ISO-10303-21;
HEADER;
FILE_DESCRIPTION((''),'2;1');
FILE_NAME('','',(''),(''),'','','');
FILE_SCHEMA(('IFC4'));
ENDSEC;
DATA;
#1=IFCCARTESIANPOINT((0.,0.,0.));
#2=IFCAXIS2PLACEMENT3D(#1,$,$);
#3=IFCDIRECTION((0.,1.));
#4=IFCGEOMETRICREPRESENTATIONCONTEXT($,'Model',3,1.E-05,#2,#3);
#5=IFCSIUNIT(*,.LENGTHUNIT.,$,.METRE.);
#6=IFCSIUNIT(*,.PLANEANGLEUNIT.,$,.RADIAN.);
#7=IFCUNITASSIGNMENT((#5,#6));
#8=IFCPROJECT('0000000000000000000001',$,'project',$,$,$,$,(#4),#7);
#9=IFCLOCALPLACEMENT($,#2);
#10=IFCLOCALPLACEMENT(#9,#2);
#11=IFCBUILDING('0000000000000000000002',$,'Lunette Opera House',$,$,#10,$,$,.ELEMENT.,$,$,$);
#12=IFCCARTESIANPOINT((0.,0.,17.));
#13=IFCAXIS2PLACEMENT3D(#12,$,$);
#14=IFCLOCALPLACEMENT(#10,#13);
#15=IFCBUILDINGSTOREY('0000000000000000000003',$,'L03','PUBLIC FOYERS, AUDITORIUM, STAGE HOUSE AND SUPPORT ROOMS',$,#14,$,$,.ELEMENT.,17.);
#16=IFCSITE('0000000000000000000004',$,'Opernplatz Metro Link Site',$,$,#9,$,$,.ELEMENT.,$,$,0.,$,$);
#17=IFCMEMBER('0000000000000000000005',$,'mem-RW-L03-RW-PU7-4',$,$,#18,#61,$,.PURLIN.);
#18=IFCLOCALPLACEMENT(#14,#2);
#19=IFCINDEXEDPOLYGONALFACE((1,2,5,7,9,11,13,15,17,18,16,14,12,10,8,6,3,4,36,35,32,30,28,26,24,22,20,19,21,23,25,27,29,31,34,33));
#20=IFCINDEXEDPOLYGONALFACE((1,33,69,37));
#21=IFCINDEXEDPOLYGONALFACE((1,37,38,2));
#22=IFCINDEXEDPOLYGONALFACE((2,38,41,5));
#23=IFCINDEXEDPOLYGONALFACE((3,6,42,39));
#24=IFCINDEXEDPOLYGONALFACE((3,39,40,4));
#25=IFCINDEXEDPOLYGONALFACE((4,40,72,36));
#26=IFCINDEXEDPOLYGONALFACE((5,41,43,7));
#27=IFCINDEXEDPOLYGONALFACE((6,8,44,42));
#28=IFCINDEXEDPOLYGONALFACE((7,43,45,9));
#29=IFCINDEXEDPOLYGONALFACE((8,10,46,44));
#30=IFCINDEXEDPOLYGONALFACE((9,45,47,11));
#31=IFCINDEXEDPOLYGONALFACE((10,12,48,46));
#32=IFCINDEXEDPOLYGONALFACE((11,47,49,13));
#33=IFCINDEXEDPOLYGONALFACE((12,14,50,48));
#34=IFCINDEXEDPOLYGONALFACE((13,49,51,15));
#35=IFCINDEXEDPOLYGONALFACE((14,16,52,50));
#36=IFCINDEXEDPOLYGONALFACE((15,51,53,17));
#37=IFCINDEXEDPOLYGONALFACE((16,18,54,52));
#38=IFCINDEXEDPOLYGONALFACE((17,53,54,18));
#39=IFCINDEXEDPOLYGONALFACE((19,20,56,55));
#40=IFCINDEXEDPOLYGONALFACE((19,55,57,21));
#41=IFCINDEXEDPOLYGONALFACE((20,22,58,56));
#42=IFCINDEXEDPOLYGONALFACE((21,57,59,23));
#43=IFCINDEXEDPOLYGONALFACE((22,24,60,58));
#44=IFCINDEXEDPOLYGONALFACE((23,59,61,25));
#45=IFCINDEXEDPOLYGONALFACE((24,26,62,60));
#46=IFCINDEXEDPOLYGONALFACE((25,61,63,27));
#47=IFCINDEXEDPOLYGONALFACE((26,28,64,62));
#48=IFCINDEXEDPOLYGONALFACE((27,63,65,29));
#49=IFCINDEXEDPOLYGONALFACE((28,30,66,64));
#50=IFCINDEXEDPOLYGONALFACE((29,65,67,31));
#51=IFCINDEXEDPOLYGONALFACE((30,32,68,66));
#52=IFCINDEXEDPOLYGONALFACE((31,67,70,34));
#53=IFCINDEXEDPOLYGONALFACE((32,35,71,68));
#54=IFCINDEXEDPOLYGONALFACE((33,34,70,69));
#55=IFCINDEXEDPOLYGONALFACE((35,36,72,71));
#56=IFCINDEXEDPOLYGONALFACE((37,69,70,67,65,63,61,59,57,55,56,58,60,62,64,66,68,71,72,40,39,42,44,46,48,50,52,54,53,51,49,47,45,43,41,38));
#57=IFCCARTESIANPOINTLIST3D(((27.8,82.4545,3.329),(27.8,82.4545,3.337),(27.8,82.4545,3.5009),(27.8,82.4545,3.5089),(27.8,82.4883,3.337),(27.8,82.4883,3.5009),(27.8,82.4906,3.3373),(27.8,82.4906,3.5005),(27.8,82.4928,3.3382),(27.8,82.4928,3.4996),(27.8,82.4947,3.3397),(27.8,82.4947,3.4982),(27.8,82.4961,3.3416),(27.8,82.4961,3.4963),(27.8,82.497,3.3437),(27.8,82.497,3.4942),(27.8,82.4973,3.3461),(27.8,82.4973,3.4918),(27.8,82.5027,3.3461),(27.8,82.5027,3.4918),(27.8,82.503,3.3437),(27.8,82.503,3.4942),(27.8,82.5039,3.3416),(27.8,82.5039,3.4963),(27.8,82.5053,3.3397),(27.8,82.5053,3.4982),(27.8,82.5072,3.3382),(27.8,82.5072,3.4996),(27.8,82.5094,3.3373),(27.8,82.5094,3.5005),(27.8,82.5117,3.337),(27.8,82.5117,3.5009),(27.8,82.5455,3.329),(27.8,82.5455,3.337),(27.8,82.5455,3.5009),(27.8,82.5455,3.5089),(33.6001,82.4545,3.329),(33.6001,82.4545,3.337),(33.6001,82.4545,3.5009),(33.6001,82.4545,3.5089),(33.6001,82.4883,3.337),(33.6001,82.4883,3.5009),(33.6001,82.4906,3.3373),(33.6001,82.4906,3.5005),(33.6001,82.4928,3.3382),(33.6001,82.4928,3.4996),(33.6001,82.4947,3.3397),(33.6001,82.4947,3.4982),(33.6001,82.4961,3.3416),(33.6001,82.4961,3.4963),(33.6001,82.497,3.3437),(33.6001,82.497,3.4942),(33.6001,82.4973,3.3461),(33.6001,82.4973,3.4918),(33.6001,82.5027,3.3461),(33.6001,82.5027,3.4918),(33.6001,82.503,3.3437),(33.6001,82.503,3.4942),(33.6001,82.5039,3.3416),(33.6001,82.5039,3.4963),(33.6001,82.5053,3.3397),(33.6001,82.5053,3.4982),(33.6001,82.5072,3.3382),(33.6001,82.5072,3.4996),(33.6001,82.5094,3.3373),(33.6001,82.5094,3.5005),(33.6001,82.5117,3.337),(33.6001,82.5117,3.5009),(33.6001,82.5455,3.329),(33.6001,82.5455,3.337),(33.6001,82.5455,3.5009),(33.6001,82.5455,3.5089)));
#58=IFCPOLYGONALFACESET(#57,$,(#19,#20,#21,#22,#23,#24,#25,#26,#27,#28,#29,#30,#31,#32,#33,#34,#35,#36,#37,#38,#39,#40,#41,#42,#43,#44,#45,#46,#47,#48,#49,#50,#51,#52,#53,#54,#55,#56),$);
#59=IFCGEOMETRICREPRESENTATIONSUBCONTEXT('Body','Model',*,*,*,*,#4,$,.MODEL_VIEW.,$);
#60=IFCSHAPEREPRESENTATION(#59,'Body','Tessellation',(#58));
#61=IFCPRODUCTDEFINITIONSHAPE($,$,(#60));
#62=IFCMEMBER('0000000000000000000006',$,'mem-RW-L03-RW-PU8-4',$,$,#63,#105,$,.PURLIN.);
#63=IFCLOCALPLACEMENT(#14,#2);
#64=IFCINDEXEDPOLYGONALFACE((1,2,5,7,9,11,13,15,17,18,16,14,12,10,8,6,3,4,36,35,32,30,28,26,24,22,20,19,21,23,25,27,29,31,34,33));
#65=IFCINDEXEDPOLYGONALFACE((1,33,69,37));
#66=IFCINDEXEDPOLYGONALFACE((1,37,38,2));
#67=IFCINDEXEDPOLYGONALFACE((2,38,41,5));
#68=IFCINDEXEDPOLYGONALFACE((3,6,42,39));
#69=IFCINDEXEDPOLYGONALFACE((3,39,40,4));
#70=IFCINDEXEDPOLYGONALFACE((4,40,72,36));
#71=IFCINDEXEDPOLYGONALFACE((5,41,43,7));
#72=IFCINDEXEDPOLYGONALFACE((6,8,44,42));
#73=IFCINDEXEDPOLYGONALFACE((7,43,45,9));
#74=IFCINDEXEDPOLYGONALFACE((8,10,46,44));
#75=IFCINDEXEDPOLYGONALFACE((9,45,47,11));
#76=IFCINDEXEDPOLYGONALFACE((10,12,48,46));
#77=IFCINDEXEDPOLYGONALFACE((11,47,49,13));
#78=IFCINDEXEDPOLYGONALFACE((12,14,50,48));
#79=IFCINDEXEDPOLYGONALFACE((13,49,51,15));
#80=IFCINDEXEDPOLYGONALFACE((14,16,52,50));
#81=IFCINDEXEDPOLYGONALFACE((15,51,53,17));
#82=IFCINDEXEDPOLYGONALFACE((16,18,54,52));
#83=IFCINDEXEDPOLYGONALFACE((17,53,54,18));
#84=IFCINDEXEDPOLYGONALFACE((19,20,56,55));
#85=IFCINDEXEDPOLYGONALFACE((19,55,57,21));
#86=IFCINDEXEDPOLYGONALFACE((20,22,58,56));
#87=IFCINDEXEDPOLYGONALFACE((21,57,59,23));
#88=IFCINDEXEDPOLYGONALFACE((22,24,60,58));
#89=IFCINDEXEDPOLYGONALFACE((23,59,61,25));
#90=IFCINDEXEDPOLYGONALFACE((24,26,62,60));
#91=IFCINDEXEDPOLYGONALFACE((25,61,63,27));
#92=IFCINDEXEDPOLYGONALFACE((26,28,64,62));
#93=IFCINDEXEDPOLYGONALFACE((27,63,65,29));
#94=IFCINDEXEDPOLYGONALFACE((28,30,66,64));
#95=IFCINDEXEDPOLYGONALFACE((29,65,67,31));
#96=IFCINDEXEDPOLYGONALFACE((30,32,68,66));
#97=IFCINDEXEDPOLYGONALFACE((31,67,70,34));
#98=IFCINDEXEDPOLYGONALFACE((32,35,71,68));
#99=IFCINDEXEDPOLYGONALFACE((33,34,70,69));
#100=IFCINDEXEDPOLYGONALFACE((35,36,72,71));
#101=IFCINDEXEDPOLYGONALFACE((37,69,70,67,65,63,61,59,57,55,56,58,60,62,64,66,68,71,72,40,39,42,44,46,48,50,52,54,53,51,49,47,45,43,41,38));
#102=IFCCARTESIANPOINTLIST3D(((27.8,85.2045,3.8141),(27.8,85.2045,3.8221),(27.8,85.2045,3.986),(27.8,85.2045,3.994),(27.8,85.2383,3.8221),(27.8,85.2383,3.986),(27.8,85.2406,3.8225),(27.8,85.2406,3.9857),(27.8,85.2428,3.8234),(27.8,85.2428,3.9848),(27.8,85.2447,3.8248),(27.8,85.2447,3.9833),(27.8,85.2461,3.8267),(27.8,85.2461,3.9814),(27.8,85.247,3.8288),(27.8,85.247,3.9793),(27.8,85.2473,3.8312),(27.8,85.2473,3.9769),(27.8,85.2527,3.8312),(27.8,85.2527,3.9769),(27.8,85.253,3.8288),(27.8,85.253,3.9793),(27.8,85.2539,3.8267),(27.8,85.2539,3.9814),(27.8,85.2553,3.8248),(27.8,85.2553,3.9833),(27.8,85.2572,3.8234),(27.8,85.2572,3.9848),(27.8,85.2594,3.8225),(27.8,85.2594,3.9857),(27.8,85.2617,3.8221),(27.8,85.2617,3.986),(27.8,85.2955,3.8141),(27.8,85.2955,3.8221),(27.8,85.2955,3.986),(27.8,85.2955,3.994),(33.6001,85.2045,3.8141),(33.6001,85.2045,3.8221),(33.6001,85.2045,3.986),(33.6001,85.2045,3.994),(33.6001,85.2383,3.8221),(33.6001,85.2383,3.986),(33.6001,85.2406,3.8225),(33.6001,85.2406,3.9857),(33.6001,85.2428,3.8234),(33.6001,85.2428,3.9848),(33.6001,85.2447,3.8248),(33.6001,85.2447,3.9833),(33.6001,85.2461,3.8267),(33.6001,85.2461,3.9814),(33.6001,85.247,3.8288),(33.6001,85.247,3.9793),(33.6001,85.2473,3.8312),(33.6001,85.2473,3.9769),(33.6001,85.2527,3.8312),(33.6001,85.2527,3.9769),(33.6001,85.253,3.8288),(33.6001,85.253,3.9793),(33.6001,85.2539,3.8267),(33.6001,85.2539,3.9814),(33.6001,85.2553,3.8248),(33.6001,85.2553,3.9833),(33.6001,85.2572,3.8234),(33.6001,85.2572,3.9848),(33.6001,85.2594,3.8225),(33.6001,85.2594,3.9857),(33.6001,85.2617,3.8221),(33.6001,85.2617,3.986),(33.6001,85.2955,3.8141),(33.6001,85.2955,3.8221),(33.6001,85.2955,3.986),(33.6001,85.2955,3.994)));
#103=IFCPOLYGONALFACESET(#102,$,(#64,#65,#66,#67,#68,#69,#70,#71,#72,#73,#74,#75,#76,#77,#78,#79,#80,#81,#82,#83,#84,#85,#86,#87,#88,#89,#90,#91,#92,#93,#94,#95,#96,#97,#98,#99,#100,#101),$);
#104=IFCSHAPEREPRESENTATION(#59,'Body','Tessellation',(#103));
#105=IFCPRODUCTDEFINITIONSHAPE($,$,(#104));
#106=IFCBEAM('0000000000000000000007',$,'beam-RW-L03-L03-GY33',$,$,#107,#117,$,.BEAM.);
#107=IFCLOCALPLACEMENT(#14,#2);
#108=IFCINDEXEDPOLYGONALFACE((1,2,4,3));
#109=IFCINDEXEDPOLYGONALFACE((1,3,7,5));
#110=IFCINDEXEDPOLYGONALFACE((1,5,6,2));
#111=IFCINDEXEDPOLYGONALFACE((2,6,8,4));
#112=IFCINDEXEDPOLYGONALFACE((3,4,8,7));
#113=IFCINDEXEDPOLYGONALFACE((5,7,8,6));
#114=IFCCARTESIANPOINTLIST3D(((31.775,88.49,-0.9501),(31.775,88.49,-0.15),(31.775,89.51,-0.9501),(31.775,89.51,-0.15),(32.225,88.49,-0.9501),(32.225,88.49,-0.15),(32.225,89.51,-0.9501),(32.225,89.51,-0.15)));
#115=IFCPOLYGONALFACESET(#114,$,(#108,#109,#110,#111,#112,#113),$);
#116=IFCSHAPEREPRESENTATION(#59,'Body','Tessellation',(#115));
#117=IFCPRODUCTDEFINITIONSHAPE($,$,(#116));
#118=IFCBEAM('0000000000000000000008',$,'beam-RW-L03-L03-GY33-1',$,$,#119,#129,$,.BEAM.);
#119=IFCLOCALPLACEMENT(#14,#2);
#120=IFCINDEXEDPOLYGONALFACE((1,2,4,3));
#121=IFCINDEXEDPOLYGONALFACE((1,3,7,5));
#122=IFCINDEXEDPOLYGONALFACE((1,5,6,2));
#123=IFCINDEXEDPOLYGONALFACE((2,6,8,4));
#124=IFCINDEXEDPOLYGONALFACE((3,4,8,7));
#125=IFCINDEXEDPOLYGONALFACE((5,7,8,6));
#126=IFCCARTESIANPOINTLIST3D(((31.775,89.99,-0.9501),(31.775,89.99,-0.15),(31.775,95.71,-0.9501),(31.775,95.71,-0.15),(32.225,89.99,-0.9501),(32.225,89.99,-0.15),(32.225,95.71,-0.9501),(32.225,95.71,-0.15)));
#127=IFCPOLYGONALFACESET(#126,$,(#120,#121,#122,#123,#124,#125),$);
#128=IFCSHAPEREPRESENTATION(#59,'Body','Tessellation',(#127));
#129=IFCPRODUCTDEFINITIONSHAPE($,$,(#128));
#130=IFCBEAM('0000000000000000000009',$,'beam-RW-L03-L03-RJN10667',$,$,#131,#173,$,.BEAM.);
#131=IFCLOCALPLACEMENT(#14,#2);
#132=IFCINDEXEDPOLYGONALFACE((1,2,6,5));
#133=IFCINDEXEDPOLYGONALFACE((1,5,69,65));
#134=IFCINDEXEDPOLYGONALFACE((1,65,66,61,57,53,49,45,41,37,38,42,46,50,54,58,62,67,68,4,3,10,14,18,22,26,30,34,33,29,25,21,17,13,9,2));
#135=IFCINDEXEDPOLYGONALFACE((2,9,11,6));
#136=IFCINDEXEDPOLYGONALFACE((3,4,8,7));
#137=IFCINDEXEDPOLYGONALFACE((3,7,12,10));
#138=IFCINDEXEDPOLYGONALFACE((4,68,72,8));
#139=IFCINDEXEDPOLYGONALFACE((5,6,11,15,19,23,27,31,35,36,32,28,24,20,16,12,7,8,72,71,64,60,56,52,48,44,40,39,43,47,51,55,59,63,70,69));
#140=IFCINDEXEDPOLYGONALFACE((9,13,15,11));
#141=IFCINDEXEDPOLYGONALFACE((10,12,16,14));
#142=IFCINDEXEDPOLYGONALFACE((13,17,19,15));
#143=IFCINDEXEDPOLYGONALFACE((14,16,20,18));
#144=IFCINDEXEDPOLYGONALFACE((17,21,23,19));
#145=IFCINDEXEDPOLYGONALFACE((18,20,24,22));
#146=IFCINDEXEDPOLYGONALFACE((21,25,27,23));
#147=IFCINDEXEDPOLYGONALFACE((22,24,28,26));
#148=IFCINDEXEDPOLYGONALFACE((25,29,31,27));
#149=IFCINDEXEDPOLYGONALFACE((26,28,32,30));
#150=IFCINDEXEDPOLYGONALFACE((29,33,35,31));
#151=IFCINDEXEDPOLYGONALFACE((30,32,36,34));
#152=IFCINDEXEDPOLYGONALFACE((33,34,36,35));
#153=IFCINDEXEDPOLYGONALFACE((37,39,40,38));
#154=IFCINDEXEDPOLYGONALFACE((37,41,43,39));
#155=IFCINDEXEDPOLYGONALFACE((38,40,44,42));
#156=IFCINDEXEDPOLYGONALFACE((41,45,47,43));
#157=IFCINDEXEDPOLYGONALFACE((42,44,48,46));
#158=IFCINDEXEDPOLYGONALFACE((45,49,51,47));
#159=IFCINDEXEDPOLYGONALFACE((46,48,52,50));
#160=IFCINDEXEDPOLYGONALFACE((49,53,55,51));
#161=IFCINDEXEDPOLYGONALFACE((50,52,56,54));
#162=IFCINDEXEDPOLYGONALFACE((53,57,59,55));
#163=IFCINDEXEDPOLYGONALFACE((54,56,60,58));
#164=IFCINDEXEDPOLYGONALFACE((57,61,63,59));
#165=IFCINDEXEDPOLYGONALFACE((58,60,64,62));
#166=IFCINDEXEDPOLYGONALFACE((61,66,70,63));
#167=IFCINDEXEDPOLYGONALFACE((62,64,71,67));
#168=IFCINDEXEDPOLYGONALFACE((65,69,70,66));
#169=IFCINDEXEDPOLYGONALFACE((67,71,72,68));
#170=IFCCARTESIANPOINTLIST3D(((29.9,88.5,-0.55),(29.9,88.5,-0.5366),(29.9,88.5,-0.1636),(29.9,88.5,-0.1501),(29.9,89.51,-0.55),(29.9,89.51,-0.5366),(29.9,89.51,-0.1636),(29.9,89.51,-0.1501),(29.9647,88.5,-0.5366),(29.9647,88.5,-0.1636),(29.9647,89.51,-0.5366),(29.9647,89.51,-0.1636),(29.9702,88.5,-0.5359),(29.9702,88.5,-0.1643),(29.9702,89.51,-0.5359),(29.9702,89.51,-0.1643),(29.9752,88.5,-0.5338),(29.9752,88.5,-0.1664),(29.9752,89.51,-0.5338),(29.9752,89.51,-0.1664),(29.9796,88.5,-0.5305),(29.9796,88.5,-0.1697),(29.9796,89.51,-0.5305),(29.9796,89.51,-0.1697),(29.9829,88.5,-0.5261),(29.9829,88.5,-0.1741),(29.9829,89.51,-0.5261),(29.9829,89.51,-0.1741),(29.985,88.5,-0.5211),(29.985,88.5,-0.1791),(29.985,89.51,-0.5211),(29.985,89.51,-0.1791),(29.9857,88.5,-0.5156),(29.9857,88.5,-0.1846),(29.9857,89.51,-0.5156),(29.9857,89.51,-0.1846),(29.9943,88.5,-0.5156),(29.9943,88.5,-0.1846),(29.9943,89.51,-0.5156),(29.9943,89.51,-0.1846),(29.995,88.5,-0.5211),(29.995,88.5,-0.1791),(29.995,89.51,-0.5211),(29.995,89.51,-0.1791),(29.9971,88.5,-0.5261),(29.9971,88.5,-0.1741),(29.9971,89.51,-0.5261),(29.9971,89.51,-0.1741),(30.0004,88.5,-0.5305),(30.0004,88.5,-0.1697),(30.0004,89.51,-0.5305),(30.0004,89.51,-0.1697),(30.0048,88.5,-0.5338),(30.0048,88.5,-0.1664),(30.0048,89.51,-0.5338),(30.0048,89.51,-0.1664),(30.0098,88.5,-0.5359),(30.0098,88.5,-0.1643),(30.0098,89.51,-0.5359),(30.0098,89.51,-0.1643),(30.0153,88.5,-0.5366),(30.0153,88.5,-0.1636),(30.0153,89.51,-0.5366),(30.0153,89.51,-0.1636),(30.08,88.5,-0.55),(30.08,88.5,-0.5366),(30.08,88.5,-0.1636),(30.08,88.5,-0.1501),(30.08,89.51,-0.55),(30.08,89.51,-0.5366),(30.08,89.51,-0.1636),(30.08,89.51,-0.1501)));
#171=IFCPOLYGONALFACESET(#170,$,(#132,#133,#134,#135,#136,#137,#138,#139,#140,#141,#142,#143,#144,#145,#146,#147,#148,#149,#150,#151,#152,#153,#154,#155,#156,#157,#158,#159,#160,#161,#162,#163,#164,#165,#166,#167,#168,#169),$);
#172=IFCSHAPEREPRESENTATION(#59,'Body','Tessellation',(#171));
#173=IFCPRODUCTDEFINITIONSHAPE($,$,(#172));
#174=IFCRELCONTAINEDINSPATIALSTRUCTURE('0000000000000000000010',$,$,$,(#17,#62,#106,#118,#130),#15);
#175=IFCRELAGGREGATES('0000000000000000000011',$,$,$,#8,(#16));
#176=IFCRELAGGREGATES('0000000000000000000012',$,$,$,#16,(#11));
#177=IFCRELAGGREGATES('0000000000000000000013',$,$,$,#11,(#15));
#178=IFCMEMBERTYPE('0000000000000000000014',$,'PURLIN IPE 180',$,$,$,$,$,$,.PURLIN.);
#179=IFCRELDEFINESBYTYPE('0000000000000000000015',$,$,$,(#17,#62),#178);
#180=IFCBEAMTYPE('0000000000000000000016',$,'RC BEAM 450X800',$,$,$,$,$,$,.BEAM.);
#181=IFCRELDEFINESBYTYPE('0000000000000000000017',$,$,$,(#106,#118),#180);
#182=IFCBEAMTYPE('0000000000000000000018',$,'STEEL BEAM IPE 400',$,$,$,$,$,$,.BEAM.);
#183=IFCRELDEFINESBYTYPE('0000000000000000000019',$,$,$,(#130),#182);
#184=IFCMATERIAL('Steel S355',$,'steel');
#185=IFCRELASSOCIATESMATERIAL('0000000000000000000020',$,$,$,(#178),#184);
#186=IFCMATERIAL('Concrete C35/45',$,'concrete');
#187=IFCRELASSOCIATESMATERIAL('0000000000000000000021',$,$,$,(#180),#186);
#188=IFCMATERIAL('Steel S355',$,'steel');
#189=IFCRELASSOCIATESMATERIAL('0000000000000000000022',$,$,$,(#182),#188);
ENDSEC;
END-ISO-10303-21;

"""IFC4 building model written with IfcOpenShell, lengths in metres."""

from ifc_helpers import new_model, si_unit, direction, frame, origin, origin_2d, place, context, subcontext, project, spatial, rectangle, i_section, extrude, material, material_profile, profile_set, type_object, element, save


model = new_model("IFC4")

# Units and contexts
model_context = context("Model", 3, precision=1e-05, world=origin(), true_north=direction((0.0, 1.0)))
body_context = subcontext(model_context, "Body", "Model", "MODEL_VIEW")
ifc_project = project(units=[si_unit("LENGTHUNIT", "METRE"), si_unit("PLANEANGLEUNIT", "RADIAN")], contexts=[model_context])

# Site, building, storey
site_placement = place(None, origin())
site = spatial("IfcSite", under=ifc_project, at=site_placement, Name="Opernplatz Metro Link Site", CompositionType="ELEMENT", RefElevation=0.0)
building_placement = place(site_placement, origin())
building = spatial("IfcBuilding", under=site, at=building_placement, Name="Lunette Opera House", CompositionType="ELEMENT")
storey_placement = place(building_placement, frame((0.0, 0.0, 17.0)))
storey = spatial("IfcBuildingStorey", under=building, at=storey_placement, Name="L03", Description="PUBLIC FOYERS, AUDITORIUM, STAGE HOUSE AND SUPPORT ROOMS", CompositionType="ELEMENT", Elevation=17.0)

# Members
ifc_material_1 = material(Name="Steel S355", Category="steel")
ifc_material_profile_1 = material_profile(ifc_material_1, i_section(OverallWidth=0.0911, OverallDepth=0.1799, WebThickness=0.0054, FlangeThickness=0.0081, FilletRadius=0.009, at=origin_2d()), Name="IPE 180")
ifc_profile_set_1 = profile_set([ifc_material_profile_1], Name="Steel S355")
member_type_1 = type_object("IfcMemberType", Name="PURLIN IPE 180", PredefinedType="PURLIN", material=ifc_profile_set_1)
for number, where, z_axis, x_axis, name in (
    (1, (27.8, 82.5, 3.4189), (1.0, 0.0, 0.0), (0.0, 1.0, 0.0), "mem-RW-L03-RW-PU7-4"),
    (2, (27.8, 85.25, 3.9041), (1.0, 0.0, 0.0), (0.0, 1.0, 0.0), "mem-RW-L03-RW-PU8-4"),
):
    element("IfcMember", number, at=place(storey_placement, frame(where, z_axis=z_axis, x_axis=x_axis)), inside=storey, type_object=member_type_1, Name=name, PredefinedType="PURLIN", context=body_context, shape_type="SweptSolid", body=[
        extrude(i_section(OverallWidth=0.0911, OverallDepth=0.1799, WebThickness=0.0054, FlangeThickness=0.0081, FilletRadius=0.009, at=origin_2d()), origin(), (0.0, 0.0, 1.0), 5.8),
    ])

# Beams
ifc_material_2 = material(Name="Concrete C35/45", Category="concrete")
ifc_material_profile_2 = material_profile(ifc_material_2, rectangle(XDim=0.45, YDim=0.8, at=origin_2d()), Name="RC BEAM 450X800")
ifc_profile_set_2 = profile_set([ifc_material_profile_2], Name="Concrete C35/45")
beam_type_1 = type_object("IfcBeamType", Name="RC BEAM 450X800", PredefinedType="BEAM", material=ifc_profile_set_2)
beam_1_placement = place(storey_placement, frame((32.0, 88.49, -0.55), z_axis=(0.0, 1.0, 0.0), x_axis=(-1.0, 0.0, 0.0)))
element("IfcBeam", 3, at=beam_1_placement, inside=storey, type_object=beam_type_1, Name="beam-RW-L03-L03-GY33", PredefinedType="BEAM", context=body_context, shape_type="SweptSolid", body=[
    extrude(rectangle(XDim=0.45, YDim=0.8, at=origin_2d()), origin(), (0.0, 0.0, 1.0), 1.02),
])
beam_2_placement = place(storey_placement, frame((32.0, 89.99, -0.55), z_axis=(0.0, 1.0, 0.0), x_axis=(-1.0, 0.0, 0.0)))
element("IfcBeam", 4, at=beam_2_placement, inside=storey, type_object=beam_type_1, Name="beam-RW-L03-L03-GY33-1", PredefinedType="BEAM", context=body_context, shape_type="SweptSolid", body=[
    extrude(rectangle(XDim=0.45, YDim=0.8, at=origin_2d()), origin(), (0.0, 0.0, 1.0), 5.72),
])
ifc_material_3 = material(Name="Steel S355", Category="steel")
ifc_material_profile_3 = material_profile(ifc_material_3, i_section(OverallWidth=0.1799, OverallDepth=0.3999, WebThickness=0.0085, FlangeThickness=0.0134, FilletRadius=0.021, at=origin_2d()), Name="IPE 400")
ifc_profile_set_3 = profile_set([ifc_material_profile_3], Name="Steel S355")
beam_type_2 = type_object("IfcBeamType", Name="STEEL BEAM IPE 400", PredefinedType="BEAM", material=ifc_profile_set_3)
for number, where, z_axis, x_axis, name in (
    (5, (29.99, 88.5, -0.3501), (0.0, 1.0, 0.0), (-1.0, 0.0, 0.0), "beam-RW-L03-L03-RJN10667"),
):
    element("IfcBeam", number, at=place(storey_placement, frame(where, z_axis=z_axis, x_axis=x_axis)), inside=storey, type_object=beam_type_2, Name=name, PredefinedType="BEAM", context=body_context, shape_type="SweptSolid", body=[
        extrude(i_section(OverallWidth=0.1799, OverallDepth=0.3999, WebThickness=0.0085, FlangeThickness=0.0134, FilletRadius=0.021, at=origin_2d()), origin(), (0.0, 0.0, 1.0), 1.01),
    ])

save(model, "model.ifc")
